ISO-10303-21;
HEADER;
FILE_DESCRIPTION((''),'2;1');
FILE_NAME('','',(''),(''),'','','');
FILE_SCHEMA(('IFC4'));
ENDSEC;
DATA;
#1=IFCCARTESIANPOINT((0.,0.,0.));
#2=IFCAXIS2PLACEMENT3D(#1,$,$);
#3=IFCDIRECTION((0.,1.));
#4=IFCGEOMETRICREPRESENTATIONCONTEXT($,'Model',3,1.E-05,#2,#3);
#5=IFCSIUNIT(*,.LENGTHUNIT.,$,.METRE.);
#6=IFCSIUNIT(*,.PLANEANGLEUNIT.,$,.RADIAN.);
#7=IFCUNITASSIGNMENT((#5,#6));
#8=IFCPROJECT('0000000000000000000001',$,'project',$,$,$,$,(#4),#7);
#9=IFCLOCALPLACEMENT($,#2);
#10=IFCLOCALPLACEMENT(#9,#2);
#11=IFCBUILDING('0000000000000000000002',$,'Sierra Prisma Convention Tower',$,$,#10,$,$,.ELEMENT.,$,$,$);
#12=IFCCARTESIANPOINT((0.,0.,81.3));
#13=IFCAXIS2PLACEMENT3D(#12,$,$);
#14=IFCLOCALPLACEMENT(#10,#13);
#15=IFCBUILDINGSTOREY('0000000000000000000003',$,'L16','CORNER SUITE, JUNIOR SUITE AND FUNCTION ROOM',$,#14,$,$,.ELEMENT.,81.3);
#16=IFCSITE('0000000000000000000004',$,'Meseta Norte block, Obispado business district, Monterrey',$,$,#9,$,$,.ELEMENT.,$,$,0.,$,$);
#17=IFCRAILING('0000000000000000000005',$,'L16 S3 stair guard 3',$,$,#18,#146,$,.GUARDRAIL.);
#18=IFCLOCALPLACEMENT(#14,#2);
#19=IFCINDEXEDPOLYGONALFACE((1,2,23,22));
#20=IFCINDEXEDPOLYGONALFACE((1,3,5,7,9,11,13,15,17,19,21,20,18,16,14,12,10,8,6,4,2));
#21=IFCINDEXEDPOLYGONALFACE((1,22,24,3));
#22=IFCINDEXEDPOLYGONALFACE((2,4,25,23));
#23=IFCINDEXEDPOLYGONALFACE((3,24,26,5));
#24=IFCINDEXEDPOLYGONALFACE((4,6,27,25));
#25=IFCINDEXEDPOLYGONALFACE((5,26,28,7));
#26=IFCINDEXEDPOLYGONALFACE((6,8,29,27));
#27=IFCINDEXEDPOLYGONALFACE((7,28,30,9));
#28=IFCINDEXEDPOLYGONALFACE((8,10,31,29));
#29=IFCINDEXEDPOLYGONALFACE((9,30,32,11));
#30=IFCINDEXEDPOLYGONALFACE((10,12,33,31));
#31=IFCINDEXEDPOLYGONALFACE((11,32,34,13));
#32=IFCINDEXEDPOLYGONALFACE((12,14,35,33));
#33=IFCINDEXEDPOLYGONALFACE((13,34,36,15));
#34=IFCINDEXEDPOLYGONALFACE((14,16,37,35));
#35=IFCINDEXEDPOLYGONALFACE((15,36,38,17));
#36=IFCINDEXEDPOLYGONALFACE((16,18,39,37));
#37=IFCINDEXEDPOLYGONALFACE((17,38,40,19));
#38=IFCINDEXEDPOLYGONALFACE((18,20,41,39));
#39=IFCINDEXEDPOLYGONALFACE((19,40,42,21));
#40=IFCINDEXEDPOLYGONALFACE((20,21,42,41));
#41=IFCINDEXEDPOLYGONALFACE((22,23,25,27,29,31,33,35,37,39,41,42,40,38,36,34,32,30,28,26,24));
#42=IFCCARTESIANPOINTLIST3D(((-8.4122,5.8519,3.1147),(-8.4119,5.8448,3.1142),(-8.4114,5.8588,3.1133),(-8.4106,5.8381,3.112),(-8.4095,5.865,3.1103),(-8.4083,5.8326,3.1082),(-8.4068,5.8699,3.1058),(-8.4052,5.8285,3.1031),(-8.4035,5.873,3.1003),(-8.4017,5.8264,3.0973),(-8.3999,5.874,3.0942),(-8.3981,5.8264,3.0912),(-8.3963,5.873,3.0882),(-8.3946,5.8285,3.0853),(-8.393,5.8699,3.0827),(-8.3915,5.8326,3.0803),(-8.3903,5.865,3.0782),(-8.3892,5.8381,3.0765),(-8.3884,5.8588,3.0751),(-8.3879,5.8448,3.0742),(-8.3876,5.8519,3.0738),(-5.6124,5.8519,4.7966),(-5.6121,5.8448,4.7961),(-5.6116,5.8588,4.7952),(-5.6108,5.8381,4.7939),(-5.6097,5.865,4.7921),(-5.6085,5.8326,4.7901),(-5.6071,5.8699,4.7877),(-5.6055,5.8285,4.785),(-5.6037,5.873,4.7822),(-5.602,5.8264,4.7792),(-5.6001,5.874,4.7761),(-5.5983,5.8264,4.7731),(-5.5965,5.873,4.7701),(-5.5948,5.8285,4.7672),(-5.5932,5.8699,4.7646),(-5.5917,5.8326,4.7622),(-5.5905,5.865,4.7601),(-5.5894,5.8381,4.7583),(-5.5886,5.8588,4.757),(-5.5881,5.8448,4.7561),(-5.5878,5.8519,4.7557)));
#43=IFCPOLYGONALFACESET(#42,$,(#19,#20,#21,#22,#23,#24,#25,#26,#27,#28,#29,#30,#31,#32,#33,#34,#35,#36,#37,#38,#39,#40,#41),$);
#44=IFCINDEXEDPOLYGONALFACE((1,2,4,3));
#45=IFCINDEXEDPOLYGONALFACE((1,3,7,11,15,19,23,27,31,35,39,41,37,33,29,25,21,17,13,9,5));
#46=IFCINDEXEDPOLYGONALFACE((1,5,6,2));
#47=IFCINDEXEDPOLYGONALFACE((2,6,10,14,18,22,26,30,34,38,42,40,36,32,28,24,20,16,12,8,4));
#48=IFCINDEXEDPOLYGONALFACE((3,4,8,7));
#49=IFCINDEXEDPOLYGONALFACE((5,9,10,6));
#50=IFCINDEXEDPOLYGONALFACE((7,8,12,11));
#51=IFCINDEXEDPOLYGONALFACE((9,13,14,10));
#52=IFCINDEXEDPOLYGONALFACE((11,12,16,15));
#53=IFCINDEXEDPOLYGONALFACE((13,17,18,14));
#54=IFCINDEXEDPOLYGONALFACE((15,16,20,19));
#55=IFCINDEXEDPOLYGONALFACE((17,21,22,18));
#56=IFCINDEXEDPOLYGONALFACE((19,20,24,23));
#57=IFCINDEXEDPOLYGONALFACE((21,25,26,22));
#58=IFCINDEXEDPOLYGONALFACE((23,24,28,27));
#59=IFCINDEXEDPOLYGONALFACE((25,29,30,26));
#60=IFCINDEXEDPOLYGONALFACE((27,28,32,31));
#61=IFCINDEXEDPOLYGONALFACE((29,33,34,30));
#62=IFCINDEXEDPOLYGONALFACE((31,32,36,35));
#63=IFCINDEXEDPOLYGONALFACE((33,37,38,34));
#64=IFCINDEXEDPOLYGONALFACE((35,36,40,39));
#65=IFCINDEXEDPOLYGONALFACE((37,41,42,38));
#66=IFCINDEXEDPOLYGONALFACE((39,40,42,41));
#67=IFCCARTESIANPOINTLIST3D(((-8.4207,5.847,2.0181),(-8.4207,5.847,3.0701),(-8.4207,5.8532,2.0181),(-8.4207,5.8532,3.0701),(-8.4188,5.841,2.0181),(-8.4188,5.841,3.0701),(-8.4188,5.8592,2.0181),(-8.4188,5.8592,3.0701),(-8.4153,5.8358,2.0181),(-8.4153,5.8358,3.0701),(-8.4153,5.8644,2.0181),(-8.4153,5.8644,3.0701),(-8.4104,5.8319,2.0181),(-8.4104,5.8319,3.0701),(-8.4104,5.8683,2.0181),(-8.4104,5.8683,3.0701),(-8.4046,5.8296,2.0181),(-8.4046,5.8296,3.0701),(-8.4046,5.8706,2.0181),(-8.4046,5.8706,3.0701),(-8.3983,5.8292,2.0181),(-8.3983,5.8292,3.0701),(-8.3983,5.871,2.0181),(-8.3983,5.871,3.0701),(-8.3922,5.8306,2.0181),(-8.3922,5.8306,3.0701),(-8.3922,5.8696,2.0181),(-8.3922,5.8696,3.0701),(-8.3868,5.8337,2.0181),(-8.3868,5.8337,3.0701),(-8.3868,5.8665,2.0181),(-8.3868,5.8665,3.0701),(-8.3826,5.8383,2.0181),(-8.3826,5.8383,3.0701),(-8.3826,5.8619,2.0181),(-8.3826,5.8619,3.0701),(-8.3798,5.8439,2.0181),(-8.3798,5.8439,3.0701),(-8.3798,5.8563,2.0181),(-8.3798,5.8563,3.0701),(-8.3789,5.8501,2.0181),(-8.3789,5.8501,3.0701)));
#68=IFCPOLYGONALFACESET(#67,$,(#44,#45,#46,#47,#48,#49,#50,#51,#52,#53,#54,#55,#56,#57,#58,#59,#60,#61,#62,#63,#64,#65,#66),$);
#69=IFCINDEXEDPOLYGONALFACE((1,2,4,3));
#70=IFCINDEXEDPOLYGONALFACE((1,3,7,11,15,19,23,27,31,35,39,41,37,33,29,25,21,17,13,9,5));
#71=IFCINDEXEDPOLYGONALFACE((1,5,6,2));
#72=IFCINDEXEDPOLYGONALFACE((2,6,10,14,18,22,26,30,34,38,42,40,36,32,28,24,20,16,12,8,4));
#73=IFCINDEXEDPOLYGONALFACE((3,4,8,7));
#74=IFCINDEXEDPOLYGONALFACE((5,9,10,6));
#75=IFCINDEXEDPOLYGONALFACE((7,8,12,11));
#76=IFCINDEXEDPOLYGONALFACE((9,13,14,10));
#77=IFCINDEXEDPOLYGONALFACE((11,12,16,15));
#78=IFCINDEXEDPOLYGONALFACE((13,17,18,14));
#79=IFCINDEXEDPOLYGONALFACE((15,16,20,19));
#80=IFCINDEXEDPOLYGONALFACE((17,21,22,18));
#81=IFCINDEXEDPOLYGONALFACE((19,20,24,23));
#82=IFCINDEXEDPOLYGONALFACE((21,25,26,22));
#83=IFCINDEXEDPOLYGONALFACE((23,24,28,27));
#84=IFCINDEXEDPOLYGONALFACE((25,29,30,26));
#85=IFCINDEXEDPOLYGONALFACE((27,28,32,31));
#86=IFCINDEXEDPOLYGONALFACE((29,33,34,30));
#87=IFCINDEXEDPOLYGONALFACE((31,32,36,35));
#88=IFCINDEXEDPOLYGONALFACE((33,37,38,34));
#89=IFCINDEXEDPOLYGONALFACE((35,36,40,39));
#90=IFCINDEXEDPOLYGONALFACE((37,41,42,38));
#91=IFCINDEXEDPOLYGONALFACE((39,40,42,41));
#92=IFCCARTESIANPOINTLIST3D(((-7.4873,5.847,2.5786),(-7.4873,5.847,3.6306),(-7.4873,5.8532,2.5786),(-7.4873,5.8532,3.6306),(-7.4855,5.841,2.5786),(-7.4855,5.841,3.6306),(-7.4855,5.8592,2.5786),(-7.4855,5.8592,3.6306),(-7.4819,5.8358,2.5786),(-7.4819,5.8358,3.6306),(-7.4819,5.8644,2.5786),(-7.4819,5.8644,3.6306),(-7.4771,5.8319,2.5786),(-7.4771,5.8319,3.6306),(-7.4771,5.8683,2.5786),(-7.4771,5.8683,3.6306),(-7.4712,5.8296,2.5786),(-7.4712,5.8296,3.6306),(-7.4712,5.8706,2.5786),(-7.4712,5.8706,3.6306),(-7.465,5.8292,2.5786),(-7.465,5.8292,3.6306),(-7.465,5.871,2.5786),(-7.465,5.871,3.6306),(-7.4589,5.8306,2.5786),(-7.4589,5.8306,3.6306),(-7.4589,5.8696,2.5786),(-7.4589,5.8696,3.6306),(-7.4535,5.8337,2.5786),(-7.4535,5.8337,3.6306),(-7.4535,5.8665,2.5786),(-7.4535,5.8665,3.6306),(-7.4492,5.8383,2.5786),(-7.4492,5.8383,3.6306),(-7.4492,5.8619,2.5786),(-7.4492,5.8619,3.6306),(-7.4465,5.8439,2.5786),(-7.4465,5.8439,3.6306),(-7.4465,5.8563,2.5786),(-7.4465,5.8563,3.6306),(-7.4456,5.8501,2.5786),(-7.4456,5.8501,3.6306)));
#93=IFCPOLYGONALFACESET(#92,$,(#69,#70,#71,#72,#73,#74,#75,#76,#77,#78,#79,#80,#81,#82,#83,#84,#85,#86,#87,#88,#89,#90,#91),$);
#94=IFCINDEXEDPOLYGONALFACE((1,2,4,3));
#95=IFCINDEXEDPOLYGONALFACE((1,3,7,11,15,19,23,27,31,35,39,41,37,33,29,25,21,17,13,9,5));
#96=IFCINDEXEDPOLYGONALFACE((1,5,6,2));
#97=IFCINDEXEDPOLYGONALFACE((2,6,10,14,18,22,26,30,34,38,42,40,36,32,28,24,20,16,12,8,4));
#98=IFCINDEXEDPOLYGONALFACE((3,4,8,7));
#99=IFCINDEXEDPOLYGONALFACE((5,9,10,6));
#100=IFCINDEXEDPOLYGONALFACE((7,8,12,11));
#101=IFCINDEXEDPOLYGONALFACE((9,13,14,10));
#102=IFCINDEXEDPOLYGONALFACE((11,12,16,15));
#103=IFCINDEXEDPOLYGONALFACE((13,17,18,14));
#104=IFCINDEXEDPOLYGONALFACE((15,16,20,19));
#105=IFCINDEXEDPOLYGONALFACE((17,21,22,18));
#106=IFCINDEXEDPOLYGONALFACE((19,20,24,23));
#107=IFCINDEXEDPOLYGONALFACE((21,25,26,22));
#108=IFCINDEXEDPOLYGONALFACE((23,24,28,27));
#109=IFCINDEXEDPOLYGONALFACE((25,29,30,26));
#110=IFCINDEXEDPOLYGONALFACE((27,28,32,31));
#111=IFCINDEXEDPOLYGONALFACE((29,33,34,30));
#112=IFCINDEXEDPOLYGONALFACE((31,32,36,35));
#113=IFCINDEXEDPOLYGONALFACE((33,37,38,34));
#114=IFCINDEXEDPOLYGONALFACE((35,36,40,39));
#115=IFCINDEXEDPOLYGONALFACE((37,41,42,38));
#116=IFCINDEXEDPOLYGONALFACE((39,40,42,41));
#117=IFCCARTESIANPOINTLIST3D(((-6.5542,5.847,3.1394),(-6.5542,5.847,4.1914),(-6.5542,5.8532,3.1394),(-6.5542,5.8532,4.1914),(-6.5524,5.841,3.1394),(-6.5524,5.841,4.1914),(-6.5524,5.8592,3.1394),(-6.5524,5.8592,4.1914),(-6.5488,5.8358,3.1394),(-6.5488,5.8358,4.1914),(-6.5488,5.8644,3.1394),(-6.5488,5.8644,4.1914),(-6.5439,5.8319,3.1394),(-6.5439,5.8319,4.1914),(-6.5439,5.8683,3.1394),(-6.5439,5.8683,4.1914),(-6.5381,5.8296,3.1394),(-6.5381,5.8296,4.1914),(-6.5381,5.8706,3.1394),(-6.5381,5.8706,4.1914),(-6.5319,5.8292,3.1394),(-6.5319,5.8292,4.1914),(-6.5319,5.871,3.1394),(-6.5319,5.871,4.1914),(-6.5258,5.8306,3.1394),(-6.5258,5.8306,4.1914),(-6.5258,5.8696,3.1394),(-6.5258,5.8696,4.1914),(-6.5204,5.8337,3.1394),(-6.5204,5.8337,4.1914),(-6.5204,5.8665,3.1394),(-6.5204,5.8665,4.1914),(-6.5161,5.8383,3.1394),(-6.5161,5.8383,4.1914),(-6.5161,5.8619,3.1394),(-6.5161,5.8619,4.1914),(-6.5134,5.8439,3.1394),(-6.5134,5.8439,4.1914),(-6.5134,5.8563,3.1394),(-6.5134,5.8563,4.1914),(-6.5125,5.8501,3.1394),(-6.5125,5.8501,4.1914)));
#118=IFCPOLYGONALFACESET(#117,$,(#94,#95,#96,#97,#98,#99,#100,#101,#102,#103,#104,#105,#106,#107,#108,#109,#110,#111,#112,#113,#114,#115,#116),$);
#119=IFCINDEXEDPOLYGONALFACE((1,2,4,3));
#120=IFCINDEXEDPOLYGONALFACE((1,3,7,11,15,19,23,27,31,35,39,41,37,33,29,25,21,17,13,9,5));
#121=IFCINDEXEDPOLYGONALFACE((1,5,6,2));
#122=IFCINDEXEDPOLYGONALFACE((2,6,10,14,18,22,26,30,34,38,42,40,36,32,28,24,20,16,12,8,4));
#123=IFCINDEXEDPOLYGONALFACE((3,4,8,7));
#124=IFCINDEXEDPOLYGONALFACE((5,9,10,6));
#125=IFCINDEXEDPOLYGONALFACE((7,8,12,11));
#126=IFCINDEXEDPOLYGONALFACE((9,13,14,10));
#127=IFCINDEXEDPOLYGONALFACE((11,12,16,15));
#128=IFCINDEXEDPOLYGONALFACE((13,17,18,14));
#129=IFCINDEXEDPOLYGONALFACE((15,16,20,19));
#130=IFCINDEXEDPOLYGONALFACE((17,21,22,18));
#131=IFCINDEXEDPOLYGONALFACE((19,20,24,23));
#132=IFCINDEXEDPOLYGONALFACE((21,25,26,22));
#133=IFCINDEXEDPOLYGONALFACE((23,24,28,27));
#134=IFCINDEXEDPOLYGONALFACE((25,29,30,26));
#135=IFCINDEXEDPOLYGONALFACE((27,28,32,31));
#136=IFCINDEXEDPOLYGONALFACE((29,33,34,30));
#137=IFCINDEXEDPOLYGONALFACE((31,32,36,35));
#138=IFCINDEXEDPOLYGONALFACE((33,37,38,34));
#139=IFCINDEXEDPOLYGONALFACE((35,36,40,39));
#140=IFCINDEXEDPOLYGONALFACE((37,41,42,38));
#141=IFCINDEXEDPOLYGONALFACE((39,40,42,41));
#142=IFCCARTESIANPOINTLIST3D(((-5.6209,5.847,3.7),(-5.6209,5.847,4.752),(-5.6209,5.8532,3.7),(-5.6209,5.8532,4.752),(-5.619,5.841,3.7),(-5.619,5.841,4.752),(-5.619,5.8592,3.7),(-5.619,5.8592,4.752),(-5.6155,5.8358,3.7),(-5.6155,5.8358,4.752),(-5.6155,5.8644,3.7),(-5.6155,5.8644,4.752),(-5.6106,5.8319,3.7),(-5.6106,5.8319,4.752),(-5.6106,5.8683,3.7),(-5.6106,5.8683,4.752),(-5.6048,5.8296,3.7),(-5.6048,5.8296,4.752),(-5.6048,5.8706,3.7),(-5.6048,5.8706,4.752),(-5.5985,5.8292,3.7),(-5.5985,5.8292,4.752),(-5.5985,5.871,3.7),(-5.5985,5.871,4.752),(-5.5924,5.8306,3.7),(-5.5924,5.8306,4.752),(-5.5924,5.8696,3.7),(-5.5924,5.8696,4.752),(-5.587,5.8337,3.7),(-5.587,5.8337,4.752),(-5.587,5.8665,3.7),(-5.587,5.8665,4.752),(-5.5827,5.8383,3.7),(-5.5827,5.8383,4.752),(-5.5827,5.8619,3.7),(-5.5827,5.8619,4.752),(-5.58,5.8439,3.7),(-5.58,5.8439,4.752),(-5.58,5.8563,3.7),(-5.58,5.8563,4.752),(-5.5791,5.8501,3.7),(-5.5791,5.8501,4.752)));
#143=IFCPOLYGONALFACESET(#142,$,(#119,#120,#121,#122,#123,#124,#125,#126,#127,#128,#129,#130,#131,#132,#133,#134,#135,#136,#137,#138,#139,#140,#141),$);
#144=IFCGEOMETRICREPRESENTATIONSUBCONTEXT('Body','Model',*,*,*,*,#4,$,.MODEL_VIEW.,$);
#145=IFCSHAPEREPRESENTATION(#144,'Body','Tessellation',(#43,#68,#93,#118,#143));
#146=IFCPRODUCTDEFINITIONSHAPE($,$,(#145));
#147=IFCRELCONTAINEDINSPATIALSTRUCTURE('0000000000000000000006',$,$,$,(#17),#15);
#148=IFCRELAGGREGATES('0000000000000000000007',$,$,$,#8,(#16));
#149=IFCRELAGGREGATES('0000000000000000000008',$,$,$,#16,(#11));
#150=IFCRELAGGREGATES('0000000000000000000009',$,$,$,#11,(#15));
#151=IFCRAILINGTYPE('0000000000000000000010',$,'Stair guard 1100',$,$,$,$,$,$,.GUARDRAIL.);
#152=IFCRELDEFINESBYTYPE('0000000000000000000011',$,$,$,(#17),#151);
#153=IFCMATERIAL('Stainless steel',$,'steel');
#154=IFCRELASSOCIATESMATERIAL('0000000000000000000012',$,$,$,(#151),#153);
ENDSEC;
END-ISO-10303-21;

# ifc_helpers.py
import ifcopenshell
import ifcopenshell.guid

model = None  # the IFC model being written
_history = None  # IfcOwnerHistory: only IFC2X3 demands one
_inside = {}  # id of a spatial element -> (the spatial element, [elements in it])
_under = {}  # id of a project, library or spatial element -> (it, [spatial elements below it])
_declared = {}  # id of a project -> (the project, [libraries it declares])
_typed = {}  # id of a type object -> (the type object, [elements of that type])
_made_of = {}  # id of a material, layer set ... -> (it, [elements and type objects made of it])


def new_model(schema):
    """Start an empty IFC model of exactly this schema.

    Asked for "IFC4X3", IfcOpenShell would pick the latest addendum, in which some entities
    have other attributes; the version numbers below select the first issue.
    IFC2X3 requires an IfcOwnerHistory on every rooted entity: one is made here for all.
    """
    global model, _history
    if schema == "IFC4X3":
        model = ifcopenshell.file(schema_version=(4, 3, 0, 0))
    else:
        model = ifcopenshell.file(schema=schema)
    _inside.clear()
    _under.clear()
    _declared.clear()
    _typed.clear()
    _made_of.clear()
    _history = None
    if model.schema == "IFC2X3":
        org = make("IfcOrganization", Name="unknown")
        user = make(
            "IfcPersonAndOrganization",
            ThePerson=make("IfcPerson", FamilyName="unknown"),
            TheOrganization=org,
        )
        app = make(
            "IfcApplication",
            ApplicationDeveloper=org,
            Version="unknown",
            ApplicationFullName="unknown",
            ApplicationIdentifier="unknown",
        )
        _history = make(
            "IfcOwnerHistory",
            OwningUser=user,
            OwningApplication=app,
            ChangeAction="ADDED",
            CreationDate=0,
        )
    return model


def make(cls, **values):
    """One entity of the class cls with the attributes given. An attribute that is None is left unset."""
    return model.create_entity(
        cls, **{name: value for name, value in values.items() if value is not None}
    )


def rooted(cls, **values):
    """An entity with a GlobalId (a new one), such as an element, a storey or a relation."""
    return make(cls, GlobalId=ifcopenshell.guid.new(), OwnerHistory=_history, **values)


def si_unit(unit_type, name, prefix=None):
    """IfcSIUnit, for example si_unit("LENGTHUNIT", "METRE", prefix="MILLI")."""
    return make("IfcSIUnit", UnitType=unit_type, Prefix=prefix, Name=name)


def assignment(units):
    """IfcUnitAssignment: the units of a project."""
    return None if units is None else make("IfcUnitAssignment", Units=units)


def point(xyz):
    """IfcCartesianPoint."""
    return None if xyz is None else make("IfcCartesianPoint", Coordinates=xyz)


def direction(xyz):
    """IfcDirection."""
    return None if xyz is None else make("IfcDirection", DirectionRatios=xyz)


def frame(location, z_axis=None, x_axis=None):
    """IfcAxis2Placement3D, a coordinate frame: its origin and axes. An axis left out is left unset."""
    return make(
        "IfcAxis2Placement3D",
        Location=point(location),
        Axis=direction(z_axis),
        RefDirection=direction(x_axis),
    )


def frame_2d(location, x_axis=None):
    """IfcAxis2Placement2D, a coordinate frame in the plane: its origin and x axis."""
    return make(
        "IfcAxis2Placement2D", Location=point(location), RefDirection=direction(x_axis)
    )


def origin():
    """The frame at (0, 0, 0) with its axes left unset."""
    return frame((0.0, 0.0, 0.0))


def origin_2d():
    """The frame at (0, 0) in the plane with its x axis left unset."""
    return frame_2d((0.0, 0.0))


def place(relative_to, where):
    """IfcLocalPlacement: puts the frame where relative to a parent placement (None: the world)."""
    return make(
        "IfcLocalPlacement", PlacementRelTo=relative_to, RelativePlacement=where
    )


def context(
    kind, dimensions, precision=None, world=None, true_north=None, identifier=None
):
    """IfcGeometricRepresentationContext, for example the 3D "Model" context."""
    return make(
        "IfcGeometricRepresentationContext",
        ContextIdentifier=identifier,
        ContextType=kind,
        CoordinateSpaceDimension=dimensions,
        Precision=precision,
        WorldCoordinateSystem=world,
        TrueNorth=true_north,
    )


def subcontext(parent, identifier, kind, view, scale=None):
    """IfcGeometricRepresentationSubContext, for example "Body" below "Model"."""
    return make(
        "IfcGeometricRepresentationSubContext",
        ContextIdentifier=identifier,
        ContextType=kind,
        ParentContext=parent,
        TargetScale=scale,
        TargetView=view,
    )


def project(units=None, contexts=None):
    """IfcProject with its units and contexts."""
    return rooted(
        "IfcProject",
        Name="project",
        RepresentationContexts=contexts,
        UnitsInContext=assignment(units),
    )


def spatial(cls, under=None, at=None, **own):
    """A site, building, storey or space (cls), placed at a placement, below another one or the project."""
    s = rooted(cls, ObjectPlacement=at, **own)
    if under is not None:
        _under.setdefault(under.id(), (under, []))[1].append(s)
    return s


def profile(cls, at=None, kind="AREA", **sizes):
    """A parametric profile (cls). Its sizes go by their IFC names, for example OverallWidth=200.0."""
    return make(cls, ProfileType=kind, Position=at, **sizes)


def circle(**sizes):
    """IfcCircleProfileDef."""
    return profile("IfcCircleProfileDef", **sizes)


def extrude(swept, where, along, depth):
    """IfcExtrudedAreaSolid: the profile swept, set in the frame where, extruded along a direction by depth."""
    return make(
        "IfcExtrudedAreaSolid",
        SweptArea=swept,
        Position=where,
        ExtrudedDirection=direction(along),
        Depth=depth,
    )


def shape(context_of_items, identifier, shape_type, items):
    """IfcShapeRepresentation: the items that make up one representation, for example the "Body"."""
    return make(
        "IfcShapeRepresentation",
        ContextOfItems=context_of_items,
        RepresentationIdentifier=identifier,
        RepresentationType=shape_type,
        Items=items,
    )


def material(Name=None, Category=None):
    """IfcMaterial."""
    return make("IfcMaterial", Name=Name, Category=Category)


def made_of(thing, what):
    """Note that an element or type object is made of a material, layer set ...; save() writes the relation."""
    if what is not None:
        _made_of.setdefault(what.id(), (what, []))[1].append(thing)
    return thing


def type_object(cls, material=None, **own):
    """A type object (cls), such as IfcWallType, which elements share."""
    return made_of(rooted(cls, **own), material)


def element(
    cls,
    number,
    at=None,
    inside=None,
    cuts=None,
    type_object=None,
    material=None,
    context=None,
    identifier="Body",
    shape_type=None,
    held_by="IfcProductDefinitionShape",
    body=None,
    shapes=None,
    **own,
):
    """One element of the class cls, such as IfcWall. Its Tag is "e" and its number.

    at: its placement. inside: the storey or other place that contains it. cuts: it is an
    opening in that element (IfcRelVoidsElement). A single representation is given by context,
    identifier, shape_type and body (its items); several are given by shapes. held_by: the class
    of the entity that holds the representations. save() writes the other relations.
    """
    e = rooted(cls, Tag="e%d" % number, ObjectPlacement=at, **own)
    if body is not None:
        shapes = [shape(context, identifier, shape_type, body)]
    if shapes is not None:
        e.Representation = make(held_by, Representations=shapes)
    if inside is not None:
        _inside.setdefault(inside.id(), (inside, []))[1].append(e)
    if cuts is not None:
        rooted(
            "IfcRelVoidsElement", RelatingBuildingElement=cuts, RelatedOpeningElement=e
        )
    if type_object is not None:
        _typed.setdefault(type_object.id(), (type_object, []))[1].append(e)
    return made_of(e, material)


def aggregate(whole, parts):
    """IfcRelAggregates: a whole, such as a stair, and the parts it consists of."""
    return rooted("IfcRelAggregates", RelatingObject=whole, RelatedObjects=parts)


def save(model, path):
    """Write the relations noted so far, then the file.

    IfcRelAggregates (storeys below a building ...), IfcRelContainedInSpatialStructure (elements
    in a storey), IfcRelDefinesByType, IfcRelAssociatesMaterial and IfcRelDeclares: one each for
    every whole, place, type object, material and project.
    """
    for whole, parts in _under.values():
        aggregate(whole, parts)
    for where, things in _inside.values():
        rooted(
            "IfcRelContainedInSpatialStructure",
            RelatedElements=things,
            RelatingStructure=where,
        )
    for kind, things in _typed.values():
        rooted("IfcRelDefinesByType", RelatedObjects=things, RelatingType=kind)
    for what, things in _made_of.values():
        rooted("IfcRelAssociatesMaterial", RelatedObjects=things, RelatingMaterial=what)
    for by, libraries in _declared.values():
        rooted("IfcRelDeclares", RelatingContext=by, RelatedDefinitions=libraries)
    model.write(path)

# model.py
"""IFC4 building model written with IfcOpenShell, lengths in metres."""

from ifc_helpers import new_model, si_unit, direction, frame, origin, origin_2d, place, context, subcontext, project, spatial, circle, extrude, material, type_object, element, save


model = new_model("IFC4")

# Units and contexts
model_context = context("Model", 3, precision=1e-05, world=origin(), true_north=direction((0.0, 1.0)))
body_context = subcontext(model_context, "Body", "Model", "MODEL_VIEW")
ifc_project = project(units=[si_unit("LENGTHUNIT", "METRE"), si_unit("PLANEANGLEUNIT", "RADIAN")], contexts=[model_context])

# Site, building, storey
site_placement = place(None, origin())
site = spatial("IfcSite", under=ifc_project, at=site_placement, Name="Meseta Norte block, Obispado business district, Monterrey", CompositionType="ELEMENT", RefElevation=0.0)
building_placement = place(site_placement, origin())
building = spatial("IfcBuilding", under=site, at=building_placement, Name="Sierra Prisma Convention Tower", CompositionType="ELEMENT")
storey_placement = place(building_placement, frame((0.0, 0.0, 81.3)))
storey = spatial("IfcBuildingStorey", under=building, at=storey_placement, Name="L16", Description="CORNER SUITE, JUNIOR SUITE AND FUNCTION ROOM", CompositionType="ELEMENT", Elevation=81.3)

# Railing
ifc_material_1 = material(Name="Stainless steel", Category="steel")
railing_type_1 = type_object("IfcRailingType", Name="Stair guard 1100", PredefinedType="GUARDRAIL", material=ifc_material_1)
railing_1_placement = place(storey_placement, frame((-8.3999, 5.8501, 2.0181)))
element("IfcRailing", 1, at=railing_1_placement, inside=storey, type_object=railing_type_1, Name="L16 S3 stair guard 3", PredefinedType="GUARDRAIL", context=body_context, shape_type="SweptSolid", body=[
    extrude(circle(Radius=0.0239, at=origin_2d()), frame((0.0, 0.0, 1.0762), z_axis=(0.857222, 0.0, 0.514946), x_axis=(0.0, 1.0, 0.0)), (0.0, 0.0, 1.0), 3.2661),
    extrude(circle(Radius=0.021, at=origin_2d()), origin(), (0.0, 0.0, 1.0), 1.052),
    extrude(circle(Radius=0.021, at=origin_2d()), frame((0.9333, 0.0, 0.5605)), (0.0, 0.0, 1.0), 1.052),
    extrude(circle(Radius=0.021, at=origin_2d()), frame((1.8665, 0.0, 1.1213)), (0.0, 0.0, 1.0), 1.052),
    extrude(circle(Radius=0.021, at=origin_2d()), frame((2.7998, 0.0, 1.6819)), (0.0, 0.0, 1.0), 1.052),
])

save(model, "model.ifc")
